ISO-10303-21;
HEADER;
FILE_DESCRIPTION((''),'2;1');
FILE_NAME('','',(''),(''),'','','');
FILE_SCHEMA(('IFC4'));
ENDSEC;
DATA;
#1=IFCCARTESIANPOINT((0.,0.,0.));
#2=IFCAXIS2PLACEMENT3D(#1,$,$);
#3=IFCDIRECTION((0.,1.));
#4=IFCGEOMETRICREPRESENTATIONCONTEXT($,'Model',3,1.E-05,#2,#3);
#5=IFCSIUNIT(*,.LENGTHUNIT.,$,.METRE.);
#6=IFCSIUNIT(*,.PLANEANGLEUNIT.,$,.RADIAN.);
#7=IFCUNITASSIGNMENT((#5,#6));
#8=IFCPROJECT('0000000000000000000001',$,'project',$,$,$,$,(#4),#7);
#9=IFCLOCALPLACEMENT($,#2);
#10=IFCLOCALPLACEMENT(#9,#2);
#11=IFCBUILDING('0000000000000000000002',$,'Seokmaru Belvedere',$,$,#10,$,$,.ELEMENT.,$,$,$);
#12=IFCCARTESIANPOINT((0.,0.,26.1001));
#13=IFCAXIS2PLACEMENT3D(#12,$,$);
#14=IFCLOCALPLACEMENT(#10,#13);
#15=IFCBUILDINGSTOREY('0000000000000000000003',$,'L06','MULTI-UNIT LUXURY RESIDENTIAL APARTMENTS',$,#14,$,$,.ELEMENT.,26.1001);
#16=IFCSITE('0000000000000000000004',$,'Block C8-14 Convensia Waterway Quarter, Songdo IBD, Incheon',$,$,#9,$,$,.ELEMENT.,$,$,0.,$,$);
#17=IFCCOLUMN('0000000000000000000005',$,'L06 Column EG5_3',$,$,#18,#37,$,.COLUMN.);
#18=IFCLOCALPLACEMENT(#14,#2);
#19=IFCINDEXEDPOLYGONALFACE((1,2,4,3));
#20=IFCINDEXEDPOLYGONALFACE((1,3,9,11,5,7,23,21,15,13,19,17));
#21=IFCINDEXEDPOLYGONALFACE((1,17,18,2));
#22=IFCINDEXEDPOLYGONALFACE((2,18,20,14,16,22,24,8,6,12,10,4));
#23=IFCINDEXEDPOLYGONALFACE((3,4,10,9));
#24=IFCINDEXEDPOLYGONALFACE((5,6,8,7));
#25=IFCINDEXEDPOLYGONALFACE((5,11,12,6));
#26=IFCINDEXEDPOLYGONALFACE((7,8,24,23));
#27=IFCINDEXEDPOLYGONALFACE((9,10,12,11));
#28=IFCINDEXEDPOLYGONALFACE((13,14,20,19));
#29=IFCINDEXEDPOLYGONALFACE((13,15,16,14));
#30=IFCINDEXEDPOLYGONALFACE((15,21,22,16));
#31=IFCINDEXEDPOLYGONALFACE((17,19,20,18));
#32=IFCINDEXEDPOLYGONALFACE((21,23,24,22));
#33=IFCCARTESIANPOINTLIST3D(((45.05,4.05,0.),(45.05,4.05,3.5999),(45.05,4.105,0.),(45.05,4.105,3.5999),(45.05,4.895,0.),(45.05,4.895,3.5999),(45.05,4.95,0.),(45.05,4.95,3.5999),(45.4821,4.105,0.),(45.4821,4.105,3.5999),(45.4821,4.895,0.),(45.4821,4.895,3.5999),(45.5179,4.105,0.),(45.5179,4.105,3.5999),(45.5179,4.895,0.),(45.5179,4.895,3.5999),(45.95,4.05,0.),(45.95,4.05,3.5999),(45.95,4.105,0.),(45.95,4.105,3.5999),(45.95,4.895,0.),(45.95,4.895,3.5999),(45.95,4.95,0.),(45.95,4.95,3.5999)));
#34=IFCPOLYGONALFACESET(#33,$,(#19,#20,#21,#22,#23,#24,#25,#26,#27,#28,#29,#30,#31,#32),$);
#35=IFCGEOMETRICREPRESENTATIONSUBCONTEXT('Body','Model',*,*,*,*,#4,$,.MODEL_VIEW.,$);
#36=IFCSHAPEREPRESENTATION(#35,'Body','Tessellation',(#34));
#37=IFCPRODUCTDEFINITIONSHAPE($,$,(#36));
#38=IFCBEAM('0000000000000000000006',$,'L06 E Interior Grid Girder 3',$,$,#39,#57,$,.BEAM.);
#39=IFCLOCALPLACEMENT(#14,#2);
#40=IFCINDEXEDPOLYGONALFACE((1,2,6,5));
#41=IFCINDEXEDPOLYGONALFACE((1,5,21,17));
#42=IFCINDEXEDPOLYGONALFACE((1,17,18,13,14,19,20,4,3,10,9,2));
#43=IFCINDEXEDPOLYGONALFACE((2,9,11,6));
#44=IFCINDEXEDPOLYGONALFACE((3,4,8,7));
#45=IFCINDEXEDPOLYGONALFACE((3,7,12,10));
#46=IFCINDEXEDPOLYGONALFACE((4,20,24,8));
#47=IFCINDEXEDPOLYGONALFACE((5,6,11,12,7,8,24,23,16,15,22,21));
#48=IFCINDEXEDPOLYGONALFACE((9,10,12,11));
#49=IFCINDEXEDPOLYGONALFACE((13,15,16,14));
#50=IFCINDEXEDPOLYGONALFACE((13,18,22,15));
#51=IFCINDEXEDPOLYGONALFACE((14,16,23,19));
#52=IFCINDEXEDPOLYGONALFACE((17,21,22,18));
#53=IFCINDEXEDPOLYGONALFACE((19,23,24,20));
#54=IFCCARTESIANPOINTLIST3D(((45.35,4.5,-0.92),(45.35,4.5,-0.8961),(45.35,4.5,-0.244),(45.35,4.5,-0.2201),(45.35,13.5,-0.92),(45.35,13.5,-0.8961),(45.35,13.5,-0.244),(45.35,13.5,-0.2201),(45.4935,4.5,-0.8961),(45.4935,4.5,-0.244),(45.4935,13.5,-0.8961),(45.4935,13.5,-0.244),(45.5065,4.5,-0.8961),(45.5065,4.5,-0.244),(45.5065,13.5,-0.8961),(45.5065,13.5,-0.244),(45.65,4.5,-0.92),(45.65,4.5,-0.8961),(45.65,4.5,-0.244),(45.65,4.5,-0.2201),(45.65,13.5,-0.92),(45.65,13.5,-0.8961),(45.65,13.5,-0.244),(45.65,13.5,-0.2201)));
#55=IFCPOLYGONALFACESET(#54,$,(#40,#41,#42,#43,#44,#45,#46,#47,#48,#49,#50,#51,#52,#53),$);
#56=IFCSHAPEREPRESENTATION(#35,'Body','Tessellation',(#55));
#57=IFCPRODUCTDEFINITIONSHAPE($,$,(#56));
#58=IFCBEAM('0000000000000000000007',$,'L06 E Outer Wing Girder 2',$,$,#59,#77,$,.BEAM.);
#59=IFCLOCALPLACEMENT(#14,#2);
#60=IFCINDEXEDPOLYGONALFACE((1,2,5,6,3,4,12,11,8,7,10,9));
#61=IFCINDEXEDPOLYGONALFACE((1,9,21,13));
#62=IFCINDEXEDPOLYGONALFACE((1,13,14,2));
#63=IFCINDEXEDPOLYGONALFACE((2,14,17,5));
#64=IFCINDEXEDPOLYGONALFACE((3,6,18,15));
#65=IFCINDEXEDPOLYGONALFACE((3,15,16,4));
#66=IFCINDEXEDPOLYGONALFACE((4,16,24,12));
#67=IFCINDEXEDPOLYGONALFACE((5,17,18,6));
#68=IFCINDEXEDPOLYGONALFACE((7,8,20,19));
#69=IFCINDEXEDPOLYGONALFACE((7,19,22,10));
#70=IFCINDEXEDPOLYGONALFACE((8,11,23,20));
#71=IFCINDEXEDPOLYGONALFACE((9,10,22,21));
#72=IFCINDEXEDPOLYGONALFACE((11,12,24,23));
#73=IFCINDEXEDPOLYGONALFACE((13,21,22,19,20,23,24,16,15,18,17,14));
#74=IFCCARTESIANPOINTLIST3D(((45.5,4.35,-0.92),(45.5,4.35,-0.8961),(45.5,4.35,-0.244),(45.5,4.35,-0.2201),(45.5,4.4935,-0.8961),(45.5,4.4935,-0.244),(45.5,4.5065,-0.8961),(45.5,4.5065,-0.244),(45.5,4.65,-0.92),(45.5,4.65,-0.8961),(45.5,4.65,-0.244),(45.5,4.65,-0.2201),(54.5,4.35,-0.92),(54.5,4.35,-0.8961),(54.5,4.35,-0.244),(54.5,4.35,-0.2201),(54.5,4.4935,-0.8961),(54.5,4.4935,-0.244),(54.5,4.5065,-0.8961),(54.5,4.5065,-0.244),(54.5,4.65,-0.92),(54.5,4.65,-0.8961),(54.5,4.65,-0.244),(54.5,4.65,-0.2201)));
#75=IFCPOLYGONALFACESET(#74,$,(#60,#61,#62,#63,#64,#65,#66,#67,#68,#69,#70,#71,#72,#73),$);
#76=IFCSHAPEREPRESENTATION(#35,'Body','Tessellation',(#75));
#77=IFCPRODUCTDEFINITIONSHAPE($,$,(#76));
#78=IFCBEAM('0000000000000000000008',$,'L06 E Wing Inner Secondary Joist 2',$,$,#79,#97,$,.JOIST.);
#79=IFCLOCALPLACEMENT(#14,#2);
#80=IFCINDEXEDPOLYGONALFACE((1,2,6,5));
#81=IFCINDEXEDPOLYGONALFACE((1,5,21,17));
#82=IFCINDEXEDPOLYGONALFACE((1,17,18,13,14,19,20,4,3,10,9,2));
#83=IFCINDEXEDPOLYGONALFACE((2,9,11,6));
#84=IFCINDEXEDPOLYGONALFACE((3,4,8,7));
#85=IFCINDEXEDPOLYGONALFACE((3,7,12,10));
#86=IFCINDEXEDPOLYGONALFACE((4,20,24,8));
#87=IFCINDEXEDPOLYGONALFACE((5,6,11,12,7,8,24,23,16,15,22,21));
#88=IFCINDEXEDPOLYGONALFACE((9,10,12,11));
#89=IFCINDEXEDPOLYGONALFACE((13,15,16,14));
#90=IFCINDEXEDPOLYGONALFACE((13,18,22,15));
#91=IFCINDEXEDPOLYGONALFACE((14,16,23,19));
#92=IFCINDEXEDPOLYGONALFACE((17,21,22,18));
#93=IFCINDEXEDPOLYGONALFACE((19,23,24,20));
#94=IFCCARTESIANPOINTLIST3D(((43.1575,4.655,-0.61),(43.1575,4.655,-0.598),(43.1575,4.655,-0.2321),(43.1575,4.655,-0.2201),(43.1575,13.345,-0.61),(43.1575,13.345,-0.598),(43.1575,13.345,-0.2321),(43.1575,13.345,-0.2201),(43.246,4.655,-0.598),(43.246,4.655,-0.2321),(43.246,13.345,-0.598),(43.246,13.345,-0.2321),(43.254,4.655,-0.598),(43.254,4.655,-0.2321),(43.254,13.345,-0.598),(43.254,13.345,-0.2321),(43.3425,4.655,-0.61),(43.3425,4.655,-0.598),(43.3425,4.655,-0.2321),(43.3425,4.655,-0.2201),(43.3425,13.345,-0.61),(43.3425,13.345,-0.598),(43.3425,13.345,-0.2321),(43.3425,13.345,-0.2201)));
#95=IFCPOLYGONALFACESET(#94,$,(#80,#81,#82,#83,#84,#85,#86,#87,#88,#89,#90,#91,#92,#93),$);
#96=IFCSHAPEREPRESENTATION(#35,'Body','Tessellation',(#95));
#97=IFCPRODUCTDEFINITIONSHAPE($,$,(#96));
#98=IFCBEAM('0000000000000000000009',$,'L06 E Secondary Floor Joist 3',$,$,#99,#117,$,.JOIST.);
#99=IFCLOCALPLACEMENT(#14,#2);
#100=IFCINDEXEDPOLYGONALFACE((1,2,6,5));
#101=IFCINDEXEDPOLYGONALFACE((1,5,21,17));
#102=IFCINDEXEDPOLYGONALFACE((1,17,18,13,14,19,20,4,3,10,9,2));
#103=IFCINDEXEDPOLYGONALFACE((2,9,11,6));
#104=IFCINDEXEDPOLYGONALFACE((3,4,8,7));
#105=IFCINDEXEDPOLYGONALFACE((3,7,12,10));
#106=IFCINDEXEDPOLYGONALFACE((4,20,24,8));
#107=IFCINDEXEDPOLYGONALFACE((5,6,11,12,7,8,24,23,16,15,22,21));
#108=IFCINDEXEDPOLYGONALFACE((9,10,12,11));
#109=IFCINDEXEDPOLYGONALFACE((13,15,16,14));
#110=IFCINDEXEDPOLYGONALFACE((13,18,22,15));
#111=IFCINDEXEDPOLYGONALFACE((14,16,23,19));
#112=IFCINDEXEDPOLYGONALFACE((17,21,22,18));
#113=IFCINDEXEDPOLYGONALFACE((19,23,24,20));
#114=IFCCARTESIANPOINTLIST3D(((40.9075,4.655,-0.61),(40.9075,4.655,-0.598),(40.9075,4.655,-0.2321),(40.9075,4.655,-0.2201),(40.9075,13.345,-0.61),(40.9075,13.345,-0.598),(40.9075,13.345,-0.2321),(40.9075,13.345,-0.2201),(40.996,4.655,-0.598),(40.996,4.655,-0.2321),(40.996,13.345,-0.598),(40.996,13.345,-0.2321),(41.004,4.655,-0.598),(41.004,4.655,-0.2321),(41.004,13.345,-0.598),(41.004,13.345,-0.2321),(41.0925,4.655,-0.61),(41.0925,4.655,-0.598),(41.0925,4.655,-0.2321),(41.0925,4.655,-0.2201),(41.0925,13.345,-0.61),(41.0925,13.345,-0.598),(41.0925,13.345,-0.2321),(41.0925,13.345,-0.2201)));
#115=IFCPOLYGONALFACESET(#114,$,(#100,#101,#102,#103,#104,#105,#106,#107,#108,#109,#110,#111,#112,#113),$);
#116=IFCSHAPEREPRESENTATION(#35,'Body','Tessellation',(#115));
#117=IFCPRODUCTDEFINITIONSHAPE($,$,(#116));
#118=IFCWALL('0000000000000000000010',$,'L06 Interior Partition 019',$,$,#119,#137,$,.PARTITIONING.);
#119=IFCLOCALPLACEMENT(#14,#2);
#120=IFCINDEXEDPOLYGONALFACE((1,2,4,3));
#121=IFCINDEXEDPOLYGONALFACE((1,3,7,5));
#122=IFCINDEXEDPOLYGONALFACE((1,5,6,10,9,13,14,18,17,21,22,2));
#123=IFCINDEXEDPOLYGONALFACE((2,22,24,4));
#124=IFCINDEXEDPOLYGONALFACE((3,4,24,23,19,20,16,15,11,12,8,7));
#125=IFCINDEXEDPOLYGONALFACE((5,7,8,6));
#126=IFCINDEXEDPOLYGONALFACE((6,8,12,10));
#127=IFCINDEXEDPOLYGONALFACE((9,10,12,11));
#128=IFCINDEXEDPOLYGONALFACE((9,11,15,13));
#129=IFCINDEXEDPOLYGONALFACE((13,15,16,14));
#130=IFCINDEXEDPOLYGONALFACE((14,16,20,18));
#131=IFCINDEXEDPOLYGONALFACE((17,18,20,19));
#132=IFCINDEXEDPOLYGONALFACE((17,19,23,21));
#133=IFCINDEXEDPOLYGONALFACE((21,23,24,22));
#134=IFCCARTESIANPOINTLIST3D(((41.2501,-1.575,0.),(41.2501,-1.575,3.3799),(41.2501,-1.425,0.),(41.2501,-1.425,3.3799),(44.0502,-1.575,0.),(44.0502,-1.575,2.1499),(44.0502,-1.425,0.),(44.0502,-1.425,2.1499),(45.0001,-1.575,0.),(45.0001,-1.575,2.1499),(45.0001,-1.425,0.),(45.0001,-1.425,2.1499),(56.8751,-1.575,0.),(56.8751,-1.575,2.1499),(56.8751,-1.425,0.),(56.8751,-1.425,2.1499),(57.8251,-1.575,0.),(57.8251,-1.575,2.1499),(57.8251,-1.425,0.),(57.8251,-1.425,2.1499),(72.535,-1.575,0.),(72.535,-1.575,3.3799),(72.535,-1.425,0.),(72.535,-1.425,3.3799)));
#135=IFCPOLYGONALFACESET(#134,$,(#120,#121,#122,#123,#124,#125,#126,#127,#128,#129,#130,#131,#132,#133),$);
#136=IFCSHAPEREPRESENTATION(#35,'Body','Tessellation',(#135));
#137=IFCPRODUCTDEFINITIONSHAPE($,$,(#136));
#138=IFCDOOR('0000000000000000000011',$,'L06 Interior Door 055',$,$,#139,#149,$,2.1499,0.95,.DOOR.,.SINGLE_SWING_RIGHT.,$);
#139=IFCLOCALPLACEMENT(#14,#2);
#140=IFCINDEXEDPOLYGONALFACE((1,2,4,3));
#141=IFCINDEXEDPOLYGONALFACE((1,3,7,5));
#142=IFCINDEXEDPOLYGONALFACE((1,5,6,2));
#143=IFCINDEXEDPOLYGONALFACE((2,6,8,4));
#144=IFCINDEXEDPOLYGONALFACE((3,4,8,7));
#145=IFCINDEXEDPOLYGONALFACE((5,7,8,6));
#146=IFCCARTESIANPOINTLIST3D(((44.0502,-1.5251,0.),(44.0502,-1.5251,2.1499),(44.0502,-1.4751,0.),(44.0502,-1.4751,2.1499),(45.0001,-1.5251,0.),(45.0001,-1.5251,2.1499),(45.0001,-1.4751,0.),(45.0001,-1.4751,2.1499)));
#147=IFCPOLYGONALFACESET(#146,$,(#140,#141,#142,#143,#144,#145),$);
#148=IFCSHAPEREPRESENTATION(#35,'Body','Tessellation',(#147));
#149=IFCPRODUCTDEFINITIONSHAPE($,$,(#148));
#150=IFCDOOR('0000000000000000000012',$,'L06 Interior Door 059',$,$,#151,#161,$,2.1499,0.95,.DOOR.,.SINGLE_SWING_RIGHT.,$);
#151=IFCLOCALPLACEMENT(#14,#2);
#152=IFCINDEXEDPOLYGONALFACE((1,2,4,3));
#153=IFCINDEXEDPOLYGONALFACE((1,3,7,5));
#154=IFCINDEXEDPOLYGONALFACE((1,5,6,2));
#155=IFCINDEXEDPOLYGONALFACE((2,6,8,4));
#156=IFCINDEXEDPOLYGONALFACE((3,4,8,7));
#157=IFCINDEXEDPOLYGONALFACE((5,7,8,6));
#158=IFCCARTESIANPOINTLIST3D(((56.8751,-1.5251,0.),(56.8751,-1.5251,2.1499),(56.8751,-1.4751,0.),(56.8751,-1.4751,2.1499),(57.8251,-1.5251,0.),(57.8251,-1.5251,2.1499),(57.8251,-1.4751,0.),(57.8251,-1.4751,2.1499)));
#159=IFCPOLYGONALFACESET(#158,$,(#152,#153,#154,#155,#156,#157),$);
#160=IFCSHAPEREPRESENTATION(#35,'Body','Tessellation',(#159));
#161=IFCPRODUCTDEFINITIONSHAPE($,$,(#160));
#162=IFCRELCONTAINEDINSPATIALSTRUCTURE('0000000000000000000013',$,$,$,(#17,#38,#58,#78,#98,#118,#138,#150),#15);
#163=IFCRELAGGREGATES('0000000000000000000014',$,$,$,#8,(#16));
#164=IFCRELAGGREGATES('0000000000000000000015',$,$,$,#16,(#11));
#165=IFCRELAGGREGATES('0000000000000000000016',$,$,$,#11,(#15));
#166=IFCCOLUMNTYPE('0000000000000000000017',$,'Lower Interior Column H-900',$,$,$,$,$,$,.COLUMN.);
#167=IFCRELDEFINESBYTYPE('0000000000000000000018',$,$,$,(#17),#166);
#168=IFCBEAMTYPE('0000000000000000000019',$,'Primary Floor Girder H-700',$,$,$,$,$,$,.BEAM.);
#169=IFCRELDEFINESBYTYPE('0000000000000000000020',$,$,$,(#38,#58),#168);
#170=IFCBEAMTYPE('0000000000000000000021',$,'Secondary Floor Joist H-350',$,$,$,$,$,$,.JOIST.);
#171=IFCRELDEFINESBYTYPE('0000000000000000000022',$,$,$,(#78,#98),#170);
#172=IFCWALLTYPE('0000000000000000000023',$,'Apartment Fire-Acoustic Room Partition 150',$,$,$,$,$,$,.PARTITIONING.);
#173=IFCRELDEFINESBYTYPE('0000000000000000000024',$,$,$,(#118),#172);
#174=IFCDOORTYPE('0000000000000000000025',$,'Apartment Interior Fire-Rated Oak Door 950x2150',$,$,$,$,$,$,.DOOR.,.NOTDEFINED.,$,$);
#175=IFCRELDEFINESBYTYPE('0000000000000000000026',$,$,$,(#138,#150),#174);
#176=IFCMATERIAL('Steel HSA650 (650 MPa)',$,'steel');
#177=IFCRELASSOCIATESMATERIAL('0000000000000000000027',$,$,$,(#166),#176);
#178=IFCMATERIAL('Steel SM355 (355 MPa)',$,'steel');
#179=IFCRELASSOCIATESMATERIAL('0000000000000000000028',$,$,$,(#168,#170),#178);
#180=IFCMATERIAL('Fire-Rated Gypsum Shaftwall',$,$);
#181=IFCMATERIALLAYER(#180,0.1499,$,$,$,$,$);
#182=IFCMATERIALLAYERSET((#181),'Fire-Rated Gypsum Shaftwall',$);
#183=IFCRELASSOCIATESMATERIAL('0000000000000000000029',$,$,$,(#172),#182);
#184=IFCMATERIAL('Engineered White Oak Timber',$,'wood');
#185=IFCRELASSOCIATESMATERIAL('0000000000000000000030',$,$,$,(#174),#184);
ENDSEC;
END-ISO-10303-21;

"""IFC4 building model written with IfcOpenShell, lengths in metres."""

from ifc_helpers import new_model, si_unit, direction, frame, frame_2d, origin, origin_2d, place, context, subcontext, project, spatial, rectangle, i_section, extrude, source, transform, mapped, material, layer, layer_set, material_profile, profile_set, type_object, type_shapes, element, fill, save


model = new_model("IFC4")

# Units and contexts
model_context = context("Model", 3, precision=1e-05, world=origin(), true_north=direction((0.0, 1.0)))
body_context = subcontext(model_context, "Body", "Model", "MODEL_VIEW")
ifc_project = project(units=[si_unit("LENGTHUNIT", "METRE"), si_unit("PLANEANGLEUNIT", "RADIAN")], contexts=[model_context])

# Site, building, storey
site_placement = place(None, origin())
site = spatial("IfcSite", under=ifc_project, at=site_placement, Name="Block C8-14 Convensia Waterway Quarter, Songdo IBD, Incheon", CompositionType="ELEMENT", RefElevation=0.0)
building_placement = place(site_placement, origin())
building = spatial("IfcBuilding", under=site, at=building_placement, Name="Seokmaru Belvedere", CompositionType="ELEMENT")
storey_placement = place(building_placement, frame((0.0, 0.0, 26.1001)))
storey = spatial("IfcBuildingStorey", under=building, at=storey_placement, Name="L06", Description="MULTI-UNIT LUXURY RESIDENTIAL APARTMENTS", CompositionType="ELEMENT", Elevation=26.1001)

# Column
ifc_material_1 = material(Name="Steel HSA650 (650 MPa)", Category="steel")
ifc_material_profile_1 = material_profile(ifc_material_1, i_section(OverallWidth=0.8999, OverallDepth=0.8999, WebThickness=0.0359, FlangeThickness=0.0549, at=origin_2d()), Name="H-900x900x36x55")
ifc_profile_set_1 = profile_set([ifc_material_profile_1], Name="Steel HSA650 (650 MPa)")
column_type = type_object("IfcColumnType", Name="Lower Interior Column H-900", PredefinedType="COLUMN", material=ifc_profile_set_1)
shared_shape_1 = source(origin(), body_context, "Body", "SweptSolid", [
    extrude(i_section(OverallWidth=0.8999, OverallDepth=0.8999, WebThickness=0.0359, FlangeThickness=0.0549, at=origin_2d()), origin(), (0.0, 0.0, 1.0), 3.5999),
])
type_shapes(column_type, [shared_shape_1])
column_placement = place(storey_placement, frame((45.5, 4.5, 0.0), z_axis=(0.0, 0.0, 1.0), x_axis=(1.0, 0.0, 0.0)))
element("IfcColumn", 1, at=column_placement, inside=storey, type_object=column_type, Name="L06 Column EG5_3", PredefinedType="COLUMN", context=body_context, shape_type="MappedRepresentation", body=[
    mapped(shared_shape_1, transform((0.0, 0.0, 0.0), scale=1.0)),
])

# Beams
ifc_material_2 = material(Name="Steel SM355 (355 MPa)", Category="steel")
ifc_material_profile_2 = material_profile(ifc_material_2, i_section(OverallWidth=0.3, OverallDepth=0.7, WebThickness=0.0129, FlangeThickness=0.0239, at=origin_2d()), Name="H-700x300x13x24")
ifc_profile_set_2 = profile_set([ifc_material_profile_2], Name="Steel SM355 (355 MPa)")
beam_type_1 = type_object("IfcBeamType", Name="Primary Floor Girder H-700", PredefinedType="BEAM", material=ifc_profile_set_2)
shared_shape_2 = source(origin(), body_context, "Body", "SweptSolid", [
    extrude(i_section(OverallWidth=0.3, OverallDepth=0.7, WebThickness=0.0129, FlangeThickness=0.0239, at=origin_2d()), origin(), (0.0, 0.0, 1.0), 9.0),
])
type_shapes(beam_type_1, [shared_shape_2])
for number, where, z_axis, x_axis, name in (
    (2, (45.5, 4.5, -0.5701), (0.0, 1.0, 0.0), (-1.0, 0.0, 0.0), "L06 E Interior Grid Girder 3"),
    (3, (45.5, 4.5, -0.5701), (1.0, 0.0, 0.0), (0.0, 1.0, 0.0), "L06 E Outer Wing Girder 2"),
):
    element("IfcBeam", number, at=place(storey_placement, frame(where, z_axis=z_axis, x_axis=x_axis)), inside=storey, type_object=beam_type_1, Name=name, PredefinedType="BEAM", context=body_context, shape_type="MappedRepresentation", body=[
        mapped(shared_shape_2, transform((0.0, 0.0, 0.0), scale=1.0)),
    ])
ifc_material_profile_3 = material_profile(ifc_material_2, i_section(OverallWidth=0.1851, OverallDepth=0.3899, WebThickness=0.0081, FlangeThickness=0.012, at=origin_2d()), Name="H-390x185x8x12")
ifc_profile_set_3 = profile_set([ifc_material_profile_3], Name="Steel SM355 (355 MPa)")
beam_type_2 = type_object("IfcBeamType", Name="Secondary Floor Joist H-350", PredefinedType="JOIST", material=ifc_profile_set_3)
shared_shape_3 = source(origin(), body_context, "Body", "SweptSolid", [
    extrude(i_section(OverallWidth=0.1851, OverallDepth=0.3899, WebThickness=0.0081, FlangeThickness=0.012, at=origin_2d()), origin(), (0.0, 0.0, 1.0), 8.6899),
])
type_shapes(beam_type_2, [shared_shape_3])
for number, where, z_axis, x_axis, name in (
    (4, (43.25, 4.655, -0.415), (0.0, 1.0, 0.0), (-1.0, 0.0, 0.0), "L06 E Wing Inner Secondary Joist 2"),
    (5, (41.0, 4.655, -0.415), (0.0, 1.0, 0.0), (-1.0, 0.0, 0.0), "L06 E Secondary Floor Joist 3"),
):
    element("IfcBeam", number, at=place(storey_placement, frame(where, z_axis=z_axis, x_axis=x_axis)), inside=storey, type_object=beam_type_2, Name=name, PredefinedType="JOIST", context=body_context, shape_type="MappedRepresentation", body=[
        mapped(shared_shape_3, transform((0.0, 0.0, 0.0), scale=1.0)),
    ])

# Wall, openings, doors
ifc_material_3 = material(Name="Fire-Rated Gypsum Shaftwall")
ifc_layer_1 = layer(ifc_material_3, 0.1499)
ifc_layer_set_1 = layer_set([ifc_layer_1], Name="Fire-Rated Gypsum Shaftwall")
wall_type_1 = type_object("IfcWallType", Name="Apartment Fire-Acoustic Room Partition 150", PredefinedType="PARTITIONING", material=ifc_layer_set_1)
wall_1_placement = place(storey_placement, frame((41.25, -1.5, 0.0), z_axis=(0.0, 0.0, 1.0), x_axis=(1.0, 0.0, 0.0)))
wall_1 = element("IfcWall", 6, at=wall_1_placement, inside=storey, type_object=wall_type_1, Name="L06 Interior Partition 019", PredefinedType="PARTITIONING", context=body_context, shape_type="SweptSolid", body=[
    extrude(rectangle(XDim=31.2849, YDim=0.1499, at=frame_2d((15.6426, 0.0))), origin(), (0.0, 0.0, 1.0), 3.3799),
])
opening_1_placement = place(wall_1_placement, frame((2.8, 0.0, 0.0)))
opening_1 = element("IfcOpeningElement", 7, at=opening_1_placement, cuts=wall_1, PredefinedType="OPENING", context=body_context, shape_type="SweptSolid", body=[
    extrude(rectangle(XDim=0.95, YDim=2.1499, at=frame_2d((0.4751, 1.075))), frame((0.0, 0.085, 0.0), z_axis=(0.0, -1.0, 0.0), x_axis=(1.0, 0.0, 0.0)), (0.0, 0.0, 1.0), 0.1699),
])
opening_2_placement = place(wall_1_placement, frame((15.625, 0.0, 0.0)))
opening_2 = element("IfcOpeningElement", 8, at=opening_2_placement, cuts=wall_1, PredefinedType="OPENING", context=body_context, shape_type="SweptSolid", body=[
    extrude(rectangle(XDim=0.95, YDim=2.1499, at=frame_2d((0.4751, 1.075))), frame((0.0, 0.085, 0.0), z_axis=(0.0, -1.0, 0.0), x_axis=(1.0, 0.0, 0.0)), (0.0, 0.0, 1.0), 0.1699),
])
ifc_material_4 = material(Name="Engineered White Oak Timber", Category="wood")
door_type_1 = type_object("IfcDoorType", Name="Apartment Interior Fire-Rated Oak Door 950x2150", OperationType="NOTDEFINED", PredefinedType="DOOR", material=ifc_material_4)
shared_shape_4 = source(origin(), body_context, "Body", "SweptSolid", [
    extrude(rectangle(XDim=0.95, YDim=2.1499, at=frame_2d((0.4751, 1.075))), frame((0.0, 0.0249, 0.0), z_axis=(0.0, -1.0, 0.0), x_axis=(1.0, 0.0, 0.0)), (0.0, 0.0, 1.0), 0.05),
])
type_shapes(door_type_1, [shared_shape_4])
door_1_placement = place(opening_1_placement, origin())
door_1 = element("IfcDoor", 9, at=door_1_placement, inside=storey, type_object=door_type_1, Name="L06 Interior Door 055", OperationType="SINGLE_SWING_RIGHT", OverallHeight=2.1499, OverallWidth=0.95, PredefinedType="DOOR", context=body_context, shape_type="MappedRepresentation", body=[
    mapped(shared_shape_4, transform((0.0, 0.0, 0.0), scale=1.0)),
])
fill(opening_1, door_1)
door_2_placement = place(opening_2_placement, origin())
door_2 = element("IfcDoor", 10, at=door_2_placement, inside=storey, type_object=door_type_1, Name="L06 Interior Door 059", OperationType="SINGLE_SWING_RIGHT", OverallHeight=2.1499, OverallWidth=0.95, PredefinedType="DOOR", context=body_context, shape_type="MappedRepresentation", body=[
    mapped(shared_shape_4, transform((0.0, 0.0, 0.0), scale=1.0)),
])
fill(opening_2, door_2)

save(model, "model.ifc")
